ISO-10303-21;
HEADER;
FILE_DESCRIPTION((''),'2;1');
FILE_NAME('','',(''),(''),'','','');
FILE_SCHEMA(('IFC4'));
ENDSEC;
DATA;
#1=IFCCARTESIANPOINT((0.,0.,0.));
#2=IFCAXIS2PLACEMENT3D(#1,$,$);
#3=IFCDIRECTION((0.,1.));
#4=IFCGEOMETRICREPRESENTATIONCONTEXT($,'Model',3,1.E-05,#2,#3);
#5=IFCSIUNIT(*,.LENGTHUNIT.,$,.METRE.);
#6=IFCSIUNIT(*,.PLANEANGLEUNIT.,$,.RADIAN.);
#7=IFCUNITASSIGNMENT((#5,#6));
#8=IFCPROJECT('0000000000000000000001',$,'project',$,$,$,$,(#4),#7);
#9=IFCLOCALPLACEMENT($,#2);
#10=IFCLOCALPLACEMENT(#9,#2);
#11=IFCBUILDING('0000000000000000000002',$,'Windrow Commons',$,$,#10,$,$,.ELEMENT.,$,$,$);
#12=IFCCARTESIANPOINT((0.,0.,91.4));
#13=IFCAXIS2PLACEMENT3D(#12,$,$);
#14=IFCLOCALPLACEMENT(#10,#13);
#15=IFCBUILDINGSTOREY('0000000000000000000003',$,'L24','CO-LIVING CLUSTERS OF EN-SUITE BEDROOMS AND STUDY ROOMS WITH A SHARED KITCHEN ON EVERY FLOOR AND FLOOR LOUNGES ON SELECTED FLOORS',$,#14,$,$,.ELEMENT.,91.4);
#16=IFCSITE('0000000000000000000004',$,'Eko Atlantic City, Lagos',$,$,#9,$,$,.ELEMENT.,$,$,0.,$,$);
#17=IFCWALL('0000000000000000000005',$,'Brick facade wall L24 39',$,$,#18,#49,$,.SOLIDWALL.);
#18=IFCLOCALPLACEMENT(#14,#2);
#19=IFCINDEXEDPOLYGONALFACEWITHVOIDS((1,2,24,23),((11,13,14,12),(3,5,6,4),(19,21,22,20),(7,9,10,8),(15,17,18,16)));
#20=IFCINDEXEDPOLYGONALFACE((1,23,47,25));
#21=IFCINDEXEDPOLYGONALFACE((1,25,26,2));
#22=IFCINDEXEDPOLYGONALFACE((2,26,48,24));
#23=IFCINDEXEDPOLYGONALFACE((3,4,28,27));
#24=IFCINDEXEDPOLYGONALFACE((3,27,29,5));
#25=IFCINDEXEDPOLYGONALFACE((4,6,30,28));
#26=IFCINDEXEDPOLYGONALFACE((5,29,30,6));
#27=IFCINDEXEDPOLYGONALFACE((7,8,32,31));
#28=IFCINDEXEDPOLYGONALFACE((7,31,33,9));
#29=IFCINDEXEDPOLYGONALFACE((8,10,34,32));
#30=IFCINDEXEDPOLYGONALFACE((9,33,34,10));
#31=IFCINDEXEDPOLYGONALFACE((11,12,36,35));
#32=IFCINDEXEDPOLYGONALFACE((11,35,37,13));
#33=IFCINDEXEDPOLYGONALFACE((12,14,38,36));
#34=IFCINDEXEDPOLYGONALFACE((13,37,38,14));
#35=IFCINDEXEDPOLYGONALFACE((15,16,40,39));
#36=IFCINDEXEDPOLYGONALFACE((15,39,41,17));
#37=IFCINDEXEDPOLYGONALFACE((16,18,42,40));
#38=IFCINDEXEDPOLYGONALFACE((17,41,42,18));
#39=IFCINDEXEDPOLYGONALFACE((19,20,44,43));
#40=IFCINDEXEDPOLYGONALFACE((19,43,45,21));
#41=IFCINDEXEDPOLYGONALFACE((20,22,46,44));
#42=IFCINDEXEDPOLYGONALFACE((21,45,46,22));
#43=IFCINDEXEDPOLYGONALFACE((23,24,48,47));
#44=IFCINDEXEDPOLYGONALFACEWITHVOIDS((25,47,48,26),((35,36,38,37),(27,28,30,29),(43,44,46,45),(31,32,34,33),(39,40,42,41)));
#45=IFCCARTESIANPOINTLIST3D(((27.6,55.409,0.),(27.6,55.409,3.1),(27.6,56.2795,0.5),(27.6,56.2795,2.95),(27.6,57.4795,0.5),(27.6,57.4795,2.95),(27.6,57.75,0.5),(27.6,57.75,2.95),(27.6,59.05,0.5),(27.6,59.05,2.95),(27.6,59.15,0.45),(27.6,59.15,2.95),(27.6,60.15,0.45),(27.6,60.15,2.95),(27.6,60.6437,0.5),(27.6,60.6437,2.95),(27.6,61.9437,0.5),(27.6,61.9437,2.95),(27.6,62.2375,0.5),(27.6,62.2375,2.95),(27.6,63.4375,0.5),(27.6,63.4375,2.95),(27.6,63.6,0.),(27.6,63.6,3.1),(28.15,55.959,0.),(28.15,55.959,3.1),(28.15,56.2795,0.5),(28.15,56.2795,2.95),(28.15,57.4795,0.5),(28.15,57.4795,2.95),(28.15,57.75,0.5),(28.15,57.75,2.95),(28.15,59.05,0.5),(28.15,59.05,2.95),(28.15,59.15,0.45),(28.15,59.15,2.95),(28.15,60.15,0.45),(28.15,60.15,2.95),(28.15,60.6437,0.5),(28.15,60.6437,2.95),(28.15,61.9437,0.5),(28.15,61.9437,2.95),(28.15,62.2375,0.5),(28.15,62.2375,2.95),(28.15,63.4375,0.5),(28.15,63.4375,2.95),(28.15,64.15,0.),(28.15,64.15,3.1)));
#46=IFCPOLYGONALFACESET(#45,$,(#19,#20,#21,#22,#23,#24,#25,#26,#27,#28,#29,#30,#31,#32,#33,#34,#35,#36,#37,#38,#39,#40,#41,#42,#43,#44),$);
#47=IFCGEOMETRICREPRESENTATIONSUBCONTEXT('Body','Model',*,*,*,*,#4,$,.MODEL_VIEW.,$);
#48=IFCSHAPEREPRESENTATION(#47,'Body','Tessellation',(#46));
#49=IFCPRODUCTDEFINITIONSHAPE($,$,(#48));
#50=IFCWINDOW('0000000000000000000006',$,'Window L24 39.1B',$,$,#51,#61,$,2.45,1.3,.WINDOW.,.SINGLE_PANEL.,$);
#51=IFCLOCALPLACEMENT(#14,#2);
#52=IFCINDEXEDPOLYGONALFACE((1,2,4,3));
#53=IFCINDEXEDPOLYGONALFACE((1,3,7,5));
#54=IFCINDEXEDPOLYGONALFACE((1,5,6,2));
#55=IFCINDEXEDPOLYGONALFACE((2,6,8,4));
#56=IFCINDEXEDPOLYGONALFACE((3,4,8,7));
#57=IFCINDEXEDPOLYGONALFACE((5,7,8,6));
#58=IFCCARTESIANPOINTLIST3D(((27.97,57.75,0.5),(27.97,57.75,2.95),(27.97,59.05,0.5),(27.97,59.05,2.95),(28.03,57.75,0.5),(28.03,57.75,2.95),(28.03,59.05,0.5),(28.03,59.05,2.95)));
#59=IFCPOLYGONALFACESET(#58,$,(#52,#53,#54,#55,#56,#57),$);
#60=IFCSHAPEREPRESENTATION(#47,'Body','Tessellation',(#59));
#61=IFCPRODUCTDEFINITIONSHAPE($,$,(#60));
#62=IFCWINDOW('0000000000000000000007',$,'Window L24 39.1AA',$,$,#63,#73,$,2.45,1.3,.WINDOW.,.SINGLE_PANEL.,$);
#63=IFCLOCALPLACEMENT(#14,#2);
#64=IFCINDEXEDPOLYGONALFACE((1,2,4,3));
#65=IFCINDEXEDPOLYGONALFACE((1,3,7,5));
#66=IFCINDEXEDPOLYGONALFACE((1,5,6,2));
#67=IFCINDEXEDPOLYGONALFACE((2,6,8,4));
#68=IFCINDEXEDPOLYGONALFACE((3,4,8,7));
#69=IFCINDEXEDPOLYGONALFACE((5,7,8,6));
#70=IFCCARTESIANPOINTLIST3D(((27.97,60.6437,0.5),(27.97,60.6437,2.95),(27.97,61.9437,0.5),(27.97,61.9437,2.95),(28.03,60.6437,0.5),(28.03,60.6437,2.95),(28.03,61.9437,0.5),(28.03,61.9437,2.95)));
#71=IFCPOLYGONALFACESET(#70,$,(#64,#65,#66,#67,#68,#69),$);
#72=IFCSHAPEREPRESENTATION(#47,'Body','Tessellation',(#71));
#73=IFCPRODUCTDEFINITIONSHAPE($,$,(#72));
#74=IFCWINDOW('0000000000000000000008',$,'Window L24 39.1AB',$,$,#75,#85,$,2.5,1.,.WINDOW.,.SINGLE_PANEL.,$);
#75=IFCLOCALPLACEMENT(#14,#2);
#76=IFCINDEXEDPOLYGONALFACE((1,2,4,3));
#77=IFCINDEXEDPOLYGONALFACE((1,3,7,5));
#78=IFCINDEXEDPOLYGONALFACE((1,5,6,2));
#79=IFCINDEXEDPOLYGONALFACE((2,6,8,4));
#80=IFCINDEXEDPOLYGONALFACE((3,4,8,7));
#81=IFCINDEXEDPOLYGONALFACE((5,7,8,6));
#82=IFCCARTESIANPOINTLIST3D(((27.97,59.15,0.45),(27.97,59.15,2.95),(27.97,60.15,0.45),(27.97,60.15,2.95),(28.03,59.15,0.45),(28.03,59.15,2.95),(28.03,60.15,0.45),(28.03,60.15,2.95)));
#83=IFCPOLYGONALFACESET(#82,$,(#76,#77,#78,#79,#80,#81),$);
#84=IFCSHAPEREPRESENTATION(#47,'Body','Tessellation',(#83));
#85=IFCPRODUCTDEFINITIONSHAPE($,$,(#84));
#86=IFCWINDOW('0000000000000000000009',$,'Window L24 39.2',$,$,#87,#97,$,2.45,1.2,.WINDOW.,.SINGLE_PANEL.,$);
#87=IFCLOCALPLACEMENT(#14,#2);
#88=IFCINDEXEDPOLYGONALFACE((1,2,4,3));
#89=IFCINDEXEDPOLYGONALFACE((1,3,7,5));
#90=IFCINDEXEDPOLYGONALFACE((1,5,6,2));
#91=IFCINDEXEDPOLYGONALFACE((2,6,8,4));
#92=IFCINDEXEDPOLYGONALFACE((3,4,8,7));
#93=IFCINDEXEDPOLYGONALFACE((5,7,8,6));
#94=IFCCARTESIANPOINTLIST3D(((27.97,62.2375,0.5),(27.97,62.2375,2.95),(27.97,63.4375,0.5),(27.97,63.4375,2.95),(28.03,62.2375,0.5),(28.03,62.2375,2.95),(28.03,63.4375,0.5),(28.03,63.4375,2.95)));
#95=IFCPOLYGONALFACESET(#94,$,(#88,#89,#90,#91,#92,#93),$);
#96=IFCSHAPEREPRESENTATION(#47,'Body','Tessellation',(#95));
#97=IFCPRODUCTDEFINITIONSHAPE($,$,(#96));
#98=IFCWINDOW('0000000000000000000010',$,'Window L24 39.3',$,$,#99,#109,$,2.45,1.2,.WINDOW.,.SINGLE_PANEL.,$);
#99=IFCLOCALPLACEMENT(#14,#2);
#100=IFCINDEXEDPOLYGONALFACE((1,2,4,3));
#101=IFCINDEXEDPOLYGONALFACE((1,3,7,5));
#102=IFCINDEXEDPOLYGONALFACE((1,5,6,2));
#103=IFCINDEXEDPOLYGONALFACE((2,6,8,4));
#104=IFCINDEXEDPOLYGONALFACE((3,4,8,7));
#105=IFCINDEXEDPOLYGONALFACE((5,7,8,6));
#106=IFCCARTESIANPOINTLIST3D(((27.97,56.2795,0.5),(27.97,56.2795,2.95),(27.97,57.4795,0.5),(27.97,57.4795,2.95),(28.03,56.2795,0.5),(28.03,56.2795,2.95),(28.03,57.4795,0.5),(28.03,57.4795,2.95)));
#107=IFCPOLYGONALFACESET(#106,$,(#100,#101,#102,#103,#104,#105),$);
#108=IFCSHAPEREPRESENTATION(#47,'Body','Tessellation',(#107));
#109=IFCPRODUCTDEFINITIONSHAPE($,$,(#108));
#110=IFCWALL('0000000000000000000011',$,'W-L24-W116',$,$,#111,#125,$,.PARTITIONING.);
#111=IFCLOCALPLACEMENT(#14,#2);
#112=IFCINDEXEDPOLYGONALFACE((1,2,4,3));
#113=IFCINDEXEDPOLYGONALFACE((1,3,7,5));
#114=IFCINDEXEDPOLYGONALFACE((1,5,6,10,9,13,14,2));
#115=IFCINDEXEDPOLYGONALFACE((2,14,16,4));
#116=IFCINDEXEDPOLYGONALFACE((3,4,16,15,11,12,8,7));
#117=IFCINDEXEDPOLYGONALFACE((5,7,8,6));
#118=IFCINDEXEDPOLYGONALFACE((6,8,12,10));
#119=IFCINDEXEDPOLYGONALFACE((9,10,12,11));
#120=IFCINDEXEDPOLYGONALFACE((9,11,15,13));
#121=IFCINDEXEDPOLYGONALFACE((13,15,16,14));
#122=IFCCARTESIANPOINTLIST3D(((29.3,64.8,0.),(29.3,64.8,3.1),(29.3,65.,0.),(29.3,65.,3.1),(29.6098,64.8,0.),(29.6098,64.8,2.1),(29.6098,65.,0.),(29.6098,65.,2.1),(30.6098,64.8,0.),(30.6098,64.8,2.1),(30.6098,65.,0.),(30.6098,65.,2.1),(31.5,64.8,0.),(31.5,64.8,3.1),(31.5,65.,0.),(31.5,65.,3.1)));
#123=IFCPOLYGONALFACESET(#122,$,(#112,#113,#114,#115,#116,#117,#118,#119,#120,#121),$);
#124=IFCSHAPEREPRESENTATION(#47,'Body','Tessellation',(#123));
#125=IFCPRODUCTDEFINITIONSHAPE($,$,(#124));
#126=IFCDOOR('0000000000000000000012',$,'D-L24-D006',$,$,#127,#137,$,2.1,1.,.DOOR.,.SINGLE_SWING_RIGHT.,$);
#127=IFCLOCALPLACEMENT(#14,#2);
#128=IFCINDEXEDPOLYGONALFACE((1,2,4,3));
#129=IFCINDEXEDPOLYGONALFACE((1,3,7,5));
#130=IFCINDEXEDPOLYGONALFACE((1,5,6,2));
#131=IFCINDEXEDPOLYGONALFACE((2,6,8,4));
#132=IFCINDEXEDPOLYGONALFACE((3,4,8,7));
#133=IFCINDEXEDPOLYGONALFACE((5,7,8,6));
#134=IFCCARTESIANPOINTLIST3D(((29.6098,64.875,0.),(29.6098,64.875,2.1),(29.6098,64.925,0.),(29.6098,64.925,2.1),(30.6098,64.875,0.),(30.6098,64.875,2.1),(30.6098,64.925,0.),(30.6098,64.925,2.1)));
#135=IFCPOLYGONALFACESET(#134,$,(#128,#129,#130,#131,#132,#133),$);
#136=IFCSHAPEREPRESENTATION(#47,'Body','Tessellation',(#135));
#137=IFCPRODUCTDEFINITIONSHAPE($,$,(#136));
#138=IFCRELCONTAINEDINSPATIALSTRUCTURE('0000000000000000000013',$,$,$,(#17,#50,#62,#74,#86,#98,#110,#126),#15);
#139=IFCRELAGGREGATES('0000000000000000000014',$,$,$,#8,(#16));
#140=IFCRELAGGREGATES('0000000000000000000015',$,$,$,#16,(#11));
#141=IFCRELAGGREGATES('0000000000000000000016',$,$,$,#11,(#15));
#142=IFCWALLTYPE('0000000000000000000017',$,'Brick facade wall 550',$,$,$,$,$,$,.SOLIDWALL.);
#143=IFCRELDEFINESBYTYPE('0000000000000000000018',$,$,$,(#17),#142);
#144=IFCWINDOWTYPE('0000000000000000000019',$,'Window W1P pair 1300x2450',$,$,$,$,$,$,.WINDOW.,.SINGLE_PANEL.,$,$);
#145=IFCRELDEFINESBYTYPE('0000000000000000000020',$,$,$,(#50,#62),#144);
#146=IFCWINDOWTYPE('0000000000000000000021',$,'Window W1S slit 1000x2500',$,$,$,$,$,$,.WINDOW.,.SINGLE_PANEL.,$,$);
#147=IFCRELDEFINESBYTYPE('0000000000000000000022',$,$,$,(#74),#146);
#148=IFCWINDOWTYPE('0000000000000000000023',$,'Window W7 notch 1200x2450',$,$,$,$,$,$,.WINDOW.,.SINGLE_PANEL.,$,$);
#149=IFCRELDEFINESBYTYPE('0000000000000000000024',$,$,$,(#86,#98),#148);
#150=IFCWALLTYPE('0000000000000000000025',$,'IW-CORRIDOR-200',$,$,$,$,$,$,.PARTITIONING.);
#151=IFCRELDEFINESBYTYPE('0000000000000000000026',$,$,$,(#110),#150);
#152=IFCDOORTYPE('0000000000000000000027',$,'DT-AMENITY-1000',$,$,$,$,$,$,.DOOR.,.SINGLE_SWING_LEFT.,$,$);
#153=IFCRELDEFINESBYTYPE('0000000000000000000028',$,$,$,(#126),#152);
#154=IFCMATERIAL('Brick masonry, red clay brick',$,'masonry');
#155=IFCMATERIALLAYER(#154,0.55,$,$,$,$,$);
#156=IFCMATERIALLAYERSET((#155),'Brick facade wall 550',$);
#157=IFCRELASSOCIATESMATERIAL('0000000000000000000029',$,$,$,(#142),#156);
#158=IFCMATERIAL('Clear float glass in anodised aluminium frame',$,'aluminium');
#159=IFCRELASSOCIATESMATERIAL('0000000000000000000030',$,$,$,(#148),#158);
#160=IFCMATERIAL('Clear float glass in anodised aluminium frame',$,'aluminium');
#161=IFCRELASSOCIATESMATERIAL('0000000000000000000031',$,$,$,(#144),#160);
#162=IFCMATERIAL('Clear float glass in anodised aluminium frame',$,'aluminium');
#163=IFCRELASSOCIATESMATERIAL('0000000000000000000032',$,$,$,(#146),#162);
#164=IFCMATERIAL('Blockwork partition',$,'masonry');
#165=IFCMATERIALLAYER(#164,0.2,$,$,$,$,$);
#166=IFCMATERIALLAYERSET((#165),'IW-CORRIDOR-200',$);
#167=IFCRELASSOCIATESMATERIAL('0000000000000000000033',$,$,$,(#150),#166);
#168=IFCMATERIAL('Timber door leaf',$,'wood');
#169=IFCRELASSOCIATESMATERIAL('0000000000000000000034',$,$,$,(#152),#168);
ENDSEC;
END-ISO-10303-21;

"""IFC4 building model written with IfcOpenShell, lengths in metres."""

from ifc_helpers import new_model, si_unit, direction, frame, frame_2d, origin, place, context, subcontext, project, spatial, polyline, rectangle, outline, extrude, material, layer, layer_set, type_object, element, fill, save


model = new_model("IFC4")

# Units and contexts
model_context = context("Model", 3, precision=1e-05, world=origin(), true_north=direction((0.0, 1.0)))
body_context = subcontext(model_context, "Body", "Model", "MODEL_VIEW")
ifc_project = project(units=[si_unit("LENGTHUNIT", "METRE"), si_unit("PLANEANGLEUNIT", "RADIAN")], contexts=[model_context])

# Site, building, storey
site_placement = place(None, origin())
site = spatial("IfcSite", under=ifc_project, at=site_placement, Name="Eko Atlantic City, Lagos", CompositionType="ELEMENT", RefElevation=0.0)
building_placement = place(site_placement, origin())
building = spatial("IfcBuilding", under=site, at=building_placement, Name="Windrow Commons", CompositionType="ELEMENT")
storey_placement = place(building_placement, frame((0.0, 0.0, 91.4)))
storey = spatial("IfcBuildingStorey", under=building, at=storey_placement, Name="L24", Description="CO-LIVING CLUSTERS OF EN-SUITE BEDROOMS AND STUDY ROOMS WITH A SHARED KITCHEN ON EVERY FLOOR AND FLOOR LOUNGES ON SELECTED FLOORS", CompositionType="ELEMENT", Elevation=91.4)

# Wall, openings, windows
ifc_material_1 = material(Name="Brick masonry, red clay brick", Category="masonry")
ifc_layer_1 = layer(ifc_material_1, 0.55)
ifc_layer_set_1 = layer_set([ifc_layer_1], Name="Brick facade wall 550")
wall_type_1 = type_object("IfcWallType", Name="Brick facade wall 550", PredefinedType="SOLIDWALL", material=ifc_layer_set_1)
ifc_material_2 = material(Name="Clear float glass in anodised aluminium frame", Category="aluminium")
window_type_1 = type_object("IfcWindowType", Name="Window W7 notch 1200x2450", PartitioningType="SINGLE_PANEL", PredefinedType="WINDOW", material=ifc_material_2)
wall_1_placement = place(storey_placement, frame((27.875, 63.875, 0.0), z_axis=(0.0, 0.0, 1.0), x_axis=(0.0, -1.0, 0.0)))
wall_1 = element("IfcWall", 1, at=wall_1_placement, inside=storey, type_object=wall_type_1, Name="Brick facade wall L24 39", PredefinedType="SOLIDWALL", context=body_context, shape_type="SweptSolid", body=[
    extrude(outline(polyline([(0.275, -0.275), (8.466, -0.275), (7.916, 0.275), (-0.275, 0.275), (0.275, -0.275)])), origin(), (0.0, 0.0, 1.0), 3.1),
])
opening_1_placement = place(wall_1_placement, frame((4.825, 0.0, 0.5)))
opening_1 = element("IfcOpeningElement", 2, at=opening_1_placement, cuts=wall_1, PredefinedType="OPENING", context=body_context, shape_type="SweptSolid", body=[
    extrude(rectangle(XDim=1.3, YDim=2.45, at=frame_2d((0.65, 1.225))), frame((0.0, 0.285, 0.0), z_axis=(0.0, -1.0, 0.0), x_axis=(1.0, 0.0, 0.0)), (0.0, 0.0, 1.0), 0.57),
])
opening_2_placement = place(wall_1_placement, frame((0.4375, 0.0, 0.5)))
opening_2 = element("IfcOpeningElement", 3, at=opening_2_placement, cuts=wall_1, PredefinedType="OPENING", context=body_context, shape_type="SweptSolid", body=[
    extrude(rectangle(XDim=1.2, YDim=2.45, at=frame_2d((0.6, 1.225))), frame((0.0, 0.285, 0.0), z_axis=(0.0, -1.0, 0.0), x_axis=(1.0, 0.0, 0.0)), (0.0, 0.0, 1.0), 0.57),
])
opening_3_placement = place(wall_1_placement, frame((6.3955, 0.0, 0.5)))
opening_3 = element("IfcOpeningElement", 4, at=opening_3_placement, cuts=wall_1, PredefinedType="OPENING", context=body_context, shape_type="SweptSolid", body=[
    extrude(rectangle(XDim=1.2, YDim=2.45, at=frame_2d((0.6, 1.225))), frame((0.0, 0.285, 0.0), z_axis=(0.0, -1.0, 0.0), x_axis=(1.0, 0.0, 0.0)), (0.0, 0.0, 1.0), 0.57),
])
opening_4_placement = place(wall_1_placement, frame((1.9313, 0.0, 0.5)))
opening_4 = element("IfcOpeningElement", 5, at=opening_4_placement, cuts=wall_1, PredefinedType="OPENING", context=body_context, shape_type="SweptSolid", body=[
    extrude(rectangle(XDim=1.3, YDim=2.45, at=frame_2d((0.65, 1.225))), frame((0.0, 0.285, 0.0), z_axis=(0.0, -1.0, 0.0), x_axis=(1.0, 0.0, 0.0)), (0.0, 0.0, 1.0), 0.57),
])
opening_5_placement = place(wall_1_placement, frame((3.725, 0.0, 0.45)))
opening_5 = element("IfcOpeningElement", 6, at=opening_5_placement, cuts=wall_1, PredefinedType="OPENING", context=body_context, shape_type="SweptSolid", body=[
    extrude(rectangle(XDim=1.0, YDim=2.5, at=frame_2d((0.5, 1.25))), frame((0.0, 0.285, 0.0), z_axis=(0.0, -1.0, 0.0), x_axis=(1.0, 0.0, 0.0)), (0.0, 0.0, 1.0), 0.57),
])
ifc_material_3 = material(Name="Clear float glass in anodised aluminium frame", Category="aluminium")
window_type_2 = type_object("IfcWindowType", Name="Window W1P pair 1300x2450", PartitioningType="SINGLE_PANEL", PredefinedType="WINDOW", material=ifc_material_3)
window_1_placement = place(opening_1_placement, origin())
window_1 = element("IfcWindow", 7, at=window_1_placement, inside=storey, type_object=window_type_2, Name="Window L24 39.1B", OverallHeight=2.45, OverallWidth=1.3, PartitioningType="SINGLE_PANEL", PredefinedType="WINDOW", context=body_context, shape_type="SweptSolid", body=[
    extrude(rectangle(XDim=1.3, YDim=2.45, at=frame_2d((0.65, 1.225))), frame((0.0, 0.155, 0.0), z_axis=(0.0, -1.0, 0.0), x_axis=(1.0, 0.0, 0.0)), (0.0, 0.0, 1.0), 0.06),
])
fill(opening_1, window_1)
window_2_placement = place(opening_4_placement, origin())
window_2 = element("IfcWindow", 8, at=window_2_placement, inside=storey, type_object=window_type_2, Name="Window L24 39.1AA", OverallHeight=2.45, OverallWidth=1.3, PartitioningType="SINGLE_PANEL", PredefinedType="WINDOW", context=body_context, shape_type="SweptSolid", body=[
    extrude(rectangle(XDim=1.3, YDim=2.45, at=frame_2d((0.65, 1.225))), frame((0.0, 0.155, 0.0), z_axis=(0.0, -1.0, 0.0), x_axis=(1.0, 0.0, 0.0)), (0.0, 0.0, 1.0), 0.06),
])
fill(opening_4, window_2)
ifc_material_4 = material(Name="Clear float glass in anodised aluminium frame", Category="aluminium")
window_type_3 = type_object("IfcWindowType", Name="Window W1S slit 1000x2500", PartitioningType="SINGLE_PANEL", PredefinedType="WINDOW", material=ifc_material_4)
window_3_placement = place(opening_5_placement, origin())
window_3 = element("IfcWindow", 9, at=window_3_placement, inside=storey, type_object=window_type_3, Name="Window L24 39.1AB", OverallHeight=2.5, OverallWidth=1.0, PartitioningType="SINGLE_PANEL", PredefinedType="WINDOW", context=body_context, shape_type="SweptSolid", body=[
    extrude(rectangle(XDim=1.0, YDim=2.5, at=frame_2d((0.5, 1.25))), frame((0.0, 0.155, 0.0), z_axis=(0.0, -1.0, 0.0), x_axis=(1.0, 0.0, 0.0)), (0.0, 0.0, 1.0), 0.06),
])
fill(opening_5, window_3)
window_4_placement = place(opening_2_placement, origin())
window_4 = element("IfcWindow", 10, at=window_4_placement, inside=storey, type_object=window_type_1, Name="Window L24 39.2", OverallHeight=2.45, OverallWidth=1.2, PartitioningType="SINGLE_PANEL", PredefinedType="WINDOW", context=body_context, shape_type="SweptSolid", body=[
    extrude(rectangle(XDim=1.2, YDim=2.45, at=frame_2d((0.6, 1.225))), frame((0.0, 0.155, 0.0), z_axis=(0.0, -1.0, 0.0), x_axis=(1.0, 0.0, 0.0)), (0.0, 0.0, 1.0), 0.06),
])
fill(opening_2, window_4)
window_5_placement = place(opening_3_placement, origin())
window_5 = element("IfcWindow", 11, at=window_5_placement, inside=storey, type_object=window_type_1, Name="Window L24 39.3", OverallHeight=2.45, OverallWidth=1.2, PartitioningType="SINGLE_PANEL", PredefinedType="WINDOW", context=body_context, shape_type="SweptSolid", body=[
    extrude(rectangle(XDim=1.2, YDim=2.45, at=frame_2d((0.6, 1.225))), frame((0.0, 0.155, 0.0), z_axis=(0.0, -1.0, 0.0), x_axis=(1.0, 0.0, 0.0)), (0.0, 0.0, 1.0), 0.06),
])
fill(opening_3, window_5)

# Wall, opening, door
ifc_material_5 = material(Name="Blockwork partition", Category="masonry")
ifc_layer_2 = layer(ifc_material_5, 0.2)
ifc_layer_set_2 = layer_set([ifc_layer_2], Name="IW-CORRIDOR-200")
wall_type_2 = type_object("IfcWallType", Name="IW-CORRIDOR-200", PredefinedType="PARTITIONING", material=ifc_layer_set_2)
wall_2_placement = place(storey_placement, frame((29.3, 64.9, 0.0), z_axis=(0.0, 0.0, 1.0), x_axis=(1.0, 0.0, 0.0)))
wall_2 = element("IfcWall", 12, at=wall_2_placement, inside=storey, type_object=wall_type_2, Name="W-L24-W116", PredefinedType="PARTITIONING", context=body_context, shape_type="SweptSolid", body=[
    extrude(rectangle(XDim=2.2, YDim=0.2, at=frame_2d((1.1, 0.0))), origin(), (0.0, 0.0, 1.0), 3.1),
])
opening_6_placement = place(wall_2_placement, frame((0.3098, 0.0, 0.0)))
opening_6 = element("IfcOpeningElement", 13, at=opening_6_placement, cuts=wall_2, PredefinedType="OPENING", context=body_context, shape_type="SweptSolid", body=[
    extrude(rectangle(XDim=1.0, YDim=2.1, at=frame_2d((0.5, 1.05))), frame((0.0, 0.11, 0.0), z_axis=(0.0, -1.0, 0.0), x_axis=(1.0, 0.0, 0.0)), (0.0, 0.0, 1.0), 0.22),
])
ifc_material_6 = material(Name="Timber door leaf", Category="wood")
door_type_1 = type_object("IfcDoorType", Name="DT-AMENITY-1000", OperationType="SINGLE_SWING_LEFT", PredefinedType="DOOR", material=ifc_material_6)
door_1_placement = place(opening_6_placement, origin())
door_1 = element("IfcDoor", 14, at=door_1_placement, inside=storey, type_object=door_type_1, Name="D-L24-D006", OperationType="SINGLE_SWING_RIGHT", OverallHeight=2.1, OverallWidth=1.0, PredefinedType="DOOR", context=body_context, shape_type="SweptSolid", body=[
    extrude(rectangle(XDim=1.0, YDim=2.1, at=frame_2d((0.5, 1.05))), frame((0.0, 0.025, 0.0), z_axis=(0.0, -1.0, 0.0), x_axis=(1.0, 0.0, 0.0)), (0.0, 0.0, 1.0), 0.05),
])
fill(opening_6, door_1)

save(model, "model.ifc")
